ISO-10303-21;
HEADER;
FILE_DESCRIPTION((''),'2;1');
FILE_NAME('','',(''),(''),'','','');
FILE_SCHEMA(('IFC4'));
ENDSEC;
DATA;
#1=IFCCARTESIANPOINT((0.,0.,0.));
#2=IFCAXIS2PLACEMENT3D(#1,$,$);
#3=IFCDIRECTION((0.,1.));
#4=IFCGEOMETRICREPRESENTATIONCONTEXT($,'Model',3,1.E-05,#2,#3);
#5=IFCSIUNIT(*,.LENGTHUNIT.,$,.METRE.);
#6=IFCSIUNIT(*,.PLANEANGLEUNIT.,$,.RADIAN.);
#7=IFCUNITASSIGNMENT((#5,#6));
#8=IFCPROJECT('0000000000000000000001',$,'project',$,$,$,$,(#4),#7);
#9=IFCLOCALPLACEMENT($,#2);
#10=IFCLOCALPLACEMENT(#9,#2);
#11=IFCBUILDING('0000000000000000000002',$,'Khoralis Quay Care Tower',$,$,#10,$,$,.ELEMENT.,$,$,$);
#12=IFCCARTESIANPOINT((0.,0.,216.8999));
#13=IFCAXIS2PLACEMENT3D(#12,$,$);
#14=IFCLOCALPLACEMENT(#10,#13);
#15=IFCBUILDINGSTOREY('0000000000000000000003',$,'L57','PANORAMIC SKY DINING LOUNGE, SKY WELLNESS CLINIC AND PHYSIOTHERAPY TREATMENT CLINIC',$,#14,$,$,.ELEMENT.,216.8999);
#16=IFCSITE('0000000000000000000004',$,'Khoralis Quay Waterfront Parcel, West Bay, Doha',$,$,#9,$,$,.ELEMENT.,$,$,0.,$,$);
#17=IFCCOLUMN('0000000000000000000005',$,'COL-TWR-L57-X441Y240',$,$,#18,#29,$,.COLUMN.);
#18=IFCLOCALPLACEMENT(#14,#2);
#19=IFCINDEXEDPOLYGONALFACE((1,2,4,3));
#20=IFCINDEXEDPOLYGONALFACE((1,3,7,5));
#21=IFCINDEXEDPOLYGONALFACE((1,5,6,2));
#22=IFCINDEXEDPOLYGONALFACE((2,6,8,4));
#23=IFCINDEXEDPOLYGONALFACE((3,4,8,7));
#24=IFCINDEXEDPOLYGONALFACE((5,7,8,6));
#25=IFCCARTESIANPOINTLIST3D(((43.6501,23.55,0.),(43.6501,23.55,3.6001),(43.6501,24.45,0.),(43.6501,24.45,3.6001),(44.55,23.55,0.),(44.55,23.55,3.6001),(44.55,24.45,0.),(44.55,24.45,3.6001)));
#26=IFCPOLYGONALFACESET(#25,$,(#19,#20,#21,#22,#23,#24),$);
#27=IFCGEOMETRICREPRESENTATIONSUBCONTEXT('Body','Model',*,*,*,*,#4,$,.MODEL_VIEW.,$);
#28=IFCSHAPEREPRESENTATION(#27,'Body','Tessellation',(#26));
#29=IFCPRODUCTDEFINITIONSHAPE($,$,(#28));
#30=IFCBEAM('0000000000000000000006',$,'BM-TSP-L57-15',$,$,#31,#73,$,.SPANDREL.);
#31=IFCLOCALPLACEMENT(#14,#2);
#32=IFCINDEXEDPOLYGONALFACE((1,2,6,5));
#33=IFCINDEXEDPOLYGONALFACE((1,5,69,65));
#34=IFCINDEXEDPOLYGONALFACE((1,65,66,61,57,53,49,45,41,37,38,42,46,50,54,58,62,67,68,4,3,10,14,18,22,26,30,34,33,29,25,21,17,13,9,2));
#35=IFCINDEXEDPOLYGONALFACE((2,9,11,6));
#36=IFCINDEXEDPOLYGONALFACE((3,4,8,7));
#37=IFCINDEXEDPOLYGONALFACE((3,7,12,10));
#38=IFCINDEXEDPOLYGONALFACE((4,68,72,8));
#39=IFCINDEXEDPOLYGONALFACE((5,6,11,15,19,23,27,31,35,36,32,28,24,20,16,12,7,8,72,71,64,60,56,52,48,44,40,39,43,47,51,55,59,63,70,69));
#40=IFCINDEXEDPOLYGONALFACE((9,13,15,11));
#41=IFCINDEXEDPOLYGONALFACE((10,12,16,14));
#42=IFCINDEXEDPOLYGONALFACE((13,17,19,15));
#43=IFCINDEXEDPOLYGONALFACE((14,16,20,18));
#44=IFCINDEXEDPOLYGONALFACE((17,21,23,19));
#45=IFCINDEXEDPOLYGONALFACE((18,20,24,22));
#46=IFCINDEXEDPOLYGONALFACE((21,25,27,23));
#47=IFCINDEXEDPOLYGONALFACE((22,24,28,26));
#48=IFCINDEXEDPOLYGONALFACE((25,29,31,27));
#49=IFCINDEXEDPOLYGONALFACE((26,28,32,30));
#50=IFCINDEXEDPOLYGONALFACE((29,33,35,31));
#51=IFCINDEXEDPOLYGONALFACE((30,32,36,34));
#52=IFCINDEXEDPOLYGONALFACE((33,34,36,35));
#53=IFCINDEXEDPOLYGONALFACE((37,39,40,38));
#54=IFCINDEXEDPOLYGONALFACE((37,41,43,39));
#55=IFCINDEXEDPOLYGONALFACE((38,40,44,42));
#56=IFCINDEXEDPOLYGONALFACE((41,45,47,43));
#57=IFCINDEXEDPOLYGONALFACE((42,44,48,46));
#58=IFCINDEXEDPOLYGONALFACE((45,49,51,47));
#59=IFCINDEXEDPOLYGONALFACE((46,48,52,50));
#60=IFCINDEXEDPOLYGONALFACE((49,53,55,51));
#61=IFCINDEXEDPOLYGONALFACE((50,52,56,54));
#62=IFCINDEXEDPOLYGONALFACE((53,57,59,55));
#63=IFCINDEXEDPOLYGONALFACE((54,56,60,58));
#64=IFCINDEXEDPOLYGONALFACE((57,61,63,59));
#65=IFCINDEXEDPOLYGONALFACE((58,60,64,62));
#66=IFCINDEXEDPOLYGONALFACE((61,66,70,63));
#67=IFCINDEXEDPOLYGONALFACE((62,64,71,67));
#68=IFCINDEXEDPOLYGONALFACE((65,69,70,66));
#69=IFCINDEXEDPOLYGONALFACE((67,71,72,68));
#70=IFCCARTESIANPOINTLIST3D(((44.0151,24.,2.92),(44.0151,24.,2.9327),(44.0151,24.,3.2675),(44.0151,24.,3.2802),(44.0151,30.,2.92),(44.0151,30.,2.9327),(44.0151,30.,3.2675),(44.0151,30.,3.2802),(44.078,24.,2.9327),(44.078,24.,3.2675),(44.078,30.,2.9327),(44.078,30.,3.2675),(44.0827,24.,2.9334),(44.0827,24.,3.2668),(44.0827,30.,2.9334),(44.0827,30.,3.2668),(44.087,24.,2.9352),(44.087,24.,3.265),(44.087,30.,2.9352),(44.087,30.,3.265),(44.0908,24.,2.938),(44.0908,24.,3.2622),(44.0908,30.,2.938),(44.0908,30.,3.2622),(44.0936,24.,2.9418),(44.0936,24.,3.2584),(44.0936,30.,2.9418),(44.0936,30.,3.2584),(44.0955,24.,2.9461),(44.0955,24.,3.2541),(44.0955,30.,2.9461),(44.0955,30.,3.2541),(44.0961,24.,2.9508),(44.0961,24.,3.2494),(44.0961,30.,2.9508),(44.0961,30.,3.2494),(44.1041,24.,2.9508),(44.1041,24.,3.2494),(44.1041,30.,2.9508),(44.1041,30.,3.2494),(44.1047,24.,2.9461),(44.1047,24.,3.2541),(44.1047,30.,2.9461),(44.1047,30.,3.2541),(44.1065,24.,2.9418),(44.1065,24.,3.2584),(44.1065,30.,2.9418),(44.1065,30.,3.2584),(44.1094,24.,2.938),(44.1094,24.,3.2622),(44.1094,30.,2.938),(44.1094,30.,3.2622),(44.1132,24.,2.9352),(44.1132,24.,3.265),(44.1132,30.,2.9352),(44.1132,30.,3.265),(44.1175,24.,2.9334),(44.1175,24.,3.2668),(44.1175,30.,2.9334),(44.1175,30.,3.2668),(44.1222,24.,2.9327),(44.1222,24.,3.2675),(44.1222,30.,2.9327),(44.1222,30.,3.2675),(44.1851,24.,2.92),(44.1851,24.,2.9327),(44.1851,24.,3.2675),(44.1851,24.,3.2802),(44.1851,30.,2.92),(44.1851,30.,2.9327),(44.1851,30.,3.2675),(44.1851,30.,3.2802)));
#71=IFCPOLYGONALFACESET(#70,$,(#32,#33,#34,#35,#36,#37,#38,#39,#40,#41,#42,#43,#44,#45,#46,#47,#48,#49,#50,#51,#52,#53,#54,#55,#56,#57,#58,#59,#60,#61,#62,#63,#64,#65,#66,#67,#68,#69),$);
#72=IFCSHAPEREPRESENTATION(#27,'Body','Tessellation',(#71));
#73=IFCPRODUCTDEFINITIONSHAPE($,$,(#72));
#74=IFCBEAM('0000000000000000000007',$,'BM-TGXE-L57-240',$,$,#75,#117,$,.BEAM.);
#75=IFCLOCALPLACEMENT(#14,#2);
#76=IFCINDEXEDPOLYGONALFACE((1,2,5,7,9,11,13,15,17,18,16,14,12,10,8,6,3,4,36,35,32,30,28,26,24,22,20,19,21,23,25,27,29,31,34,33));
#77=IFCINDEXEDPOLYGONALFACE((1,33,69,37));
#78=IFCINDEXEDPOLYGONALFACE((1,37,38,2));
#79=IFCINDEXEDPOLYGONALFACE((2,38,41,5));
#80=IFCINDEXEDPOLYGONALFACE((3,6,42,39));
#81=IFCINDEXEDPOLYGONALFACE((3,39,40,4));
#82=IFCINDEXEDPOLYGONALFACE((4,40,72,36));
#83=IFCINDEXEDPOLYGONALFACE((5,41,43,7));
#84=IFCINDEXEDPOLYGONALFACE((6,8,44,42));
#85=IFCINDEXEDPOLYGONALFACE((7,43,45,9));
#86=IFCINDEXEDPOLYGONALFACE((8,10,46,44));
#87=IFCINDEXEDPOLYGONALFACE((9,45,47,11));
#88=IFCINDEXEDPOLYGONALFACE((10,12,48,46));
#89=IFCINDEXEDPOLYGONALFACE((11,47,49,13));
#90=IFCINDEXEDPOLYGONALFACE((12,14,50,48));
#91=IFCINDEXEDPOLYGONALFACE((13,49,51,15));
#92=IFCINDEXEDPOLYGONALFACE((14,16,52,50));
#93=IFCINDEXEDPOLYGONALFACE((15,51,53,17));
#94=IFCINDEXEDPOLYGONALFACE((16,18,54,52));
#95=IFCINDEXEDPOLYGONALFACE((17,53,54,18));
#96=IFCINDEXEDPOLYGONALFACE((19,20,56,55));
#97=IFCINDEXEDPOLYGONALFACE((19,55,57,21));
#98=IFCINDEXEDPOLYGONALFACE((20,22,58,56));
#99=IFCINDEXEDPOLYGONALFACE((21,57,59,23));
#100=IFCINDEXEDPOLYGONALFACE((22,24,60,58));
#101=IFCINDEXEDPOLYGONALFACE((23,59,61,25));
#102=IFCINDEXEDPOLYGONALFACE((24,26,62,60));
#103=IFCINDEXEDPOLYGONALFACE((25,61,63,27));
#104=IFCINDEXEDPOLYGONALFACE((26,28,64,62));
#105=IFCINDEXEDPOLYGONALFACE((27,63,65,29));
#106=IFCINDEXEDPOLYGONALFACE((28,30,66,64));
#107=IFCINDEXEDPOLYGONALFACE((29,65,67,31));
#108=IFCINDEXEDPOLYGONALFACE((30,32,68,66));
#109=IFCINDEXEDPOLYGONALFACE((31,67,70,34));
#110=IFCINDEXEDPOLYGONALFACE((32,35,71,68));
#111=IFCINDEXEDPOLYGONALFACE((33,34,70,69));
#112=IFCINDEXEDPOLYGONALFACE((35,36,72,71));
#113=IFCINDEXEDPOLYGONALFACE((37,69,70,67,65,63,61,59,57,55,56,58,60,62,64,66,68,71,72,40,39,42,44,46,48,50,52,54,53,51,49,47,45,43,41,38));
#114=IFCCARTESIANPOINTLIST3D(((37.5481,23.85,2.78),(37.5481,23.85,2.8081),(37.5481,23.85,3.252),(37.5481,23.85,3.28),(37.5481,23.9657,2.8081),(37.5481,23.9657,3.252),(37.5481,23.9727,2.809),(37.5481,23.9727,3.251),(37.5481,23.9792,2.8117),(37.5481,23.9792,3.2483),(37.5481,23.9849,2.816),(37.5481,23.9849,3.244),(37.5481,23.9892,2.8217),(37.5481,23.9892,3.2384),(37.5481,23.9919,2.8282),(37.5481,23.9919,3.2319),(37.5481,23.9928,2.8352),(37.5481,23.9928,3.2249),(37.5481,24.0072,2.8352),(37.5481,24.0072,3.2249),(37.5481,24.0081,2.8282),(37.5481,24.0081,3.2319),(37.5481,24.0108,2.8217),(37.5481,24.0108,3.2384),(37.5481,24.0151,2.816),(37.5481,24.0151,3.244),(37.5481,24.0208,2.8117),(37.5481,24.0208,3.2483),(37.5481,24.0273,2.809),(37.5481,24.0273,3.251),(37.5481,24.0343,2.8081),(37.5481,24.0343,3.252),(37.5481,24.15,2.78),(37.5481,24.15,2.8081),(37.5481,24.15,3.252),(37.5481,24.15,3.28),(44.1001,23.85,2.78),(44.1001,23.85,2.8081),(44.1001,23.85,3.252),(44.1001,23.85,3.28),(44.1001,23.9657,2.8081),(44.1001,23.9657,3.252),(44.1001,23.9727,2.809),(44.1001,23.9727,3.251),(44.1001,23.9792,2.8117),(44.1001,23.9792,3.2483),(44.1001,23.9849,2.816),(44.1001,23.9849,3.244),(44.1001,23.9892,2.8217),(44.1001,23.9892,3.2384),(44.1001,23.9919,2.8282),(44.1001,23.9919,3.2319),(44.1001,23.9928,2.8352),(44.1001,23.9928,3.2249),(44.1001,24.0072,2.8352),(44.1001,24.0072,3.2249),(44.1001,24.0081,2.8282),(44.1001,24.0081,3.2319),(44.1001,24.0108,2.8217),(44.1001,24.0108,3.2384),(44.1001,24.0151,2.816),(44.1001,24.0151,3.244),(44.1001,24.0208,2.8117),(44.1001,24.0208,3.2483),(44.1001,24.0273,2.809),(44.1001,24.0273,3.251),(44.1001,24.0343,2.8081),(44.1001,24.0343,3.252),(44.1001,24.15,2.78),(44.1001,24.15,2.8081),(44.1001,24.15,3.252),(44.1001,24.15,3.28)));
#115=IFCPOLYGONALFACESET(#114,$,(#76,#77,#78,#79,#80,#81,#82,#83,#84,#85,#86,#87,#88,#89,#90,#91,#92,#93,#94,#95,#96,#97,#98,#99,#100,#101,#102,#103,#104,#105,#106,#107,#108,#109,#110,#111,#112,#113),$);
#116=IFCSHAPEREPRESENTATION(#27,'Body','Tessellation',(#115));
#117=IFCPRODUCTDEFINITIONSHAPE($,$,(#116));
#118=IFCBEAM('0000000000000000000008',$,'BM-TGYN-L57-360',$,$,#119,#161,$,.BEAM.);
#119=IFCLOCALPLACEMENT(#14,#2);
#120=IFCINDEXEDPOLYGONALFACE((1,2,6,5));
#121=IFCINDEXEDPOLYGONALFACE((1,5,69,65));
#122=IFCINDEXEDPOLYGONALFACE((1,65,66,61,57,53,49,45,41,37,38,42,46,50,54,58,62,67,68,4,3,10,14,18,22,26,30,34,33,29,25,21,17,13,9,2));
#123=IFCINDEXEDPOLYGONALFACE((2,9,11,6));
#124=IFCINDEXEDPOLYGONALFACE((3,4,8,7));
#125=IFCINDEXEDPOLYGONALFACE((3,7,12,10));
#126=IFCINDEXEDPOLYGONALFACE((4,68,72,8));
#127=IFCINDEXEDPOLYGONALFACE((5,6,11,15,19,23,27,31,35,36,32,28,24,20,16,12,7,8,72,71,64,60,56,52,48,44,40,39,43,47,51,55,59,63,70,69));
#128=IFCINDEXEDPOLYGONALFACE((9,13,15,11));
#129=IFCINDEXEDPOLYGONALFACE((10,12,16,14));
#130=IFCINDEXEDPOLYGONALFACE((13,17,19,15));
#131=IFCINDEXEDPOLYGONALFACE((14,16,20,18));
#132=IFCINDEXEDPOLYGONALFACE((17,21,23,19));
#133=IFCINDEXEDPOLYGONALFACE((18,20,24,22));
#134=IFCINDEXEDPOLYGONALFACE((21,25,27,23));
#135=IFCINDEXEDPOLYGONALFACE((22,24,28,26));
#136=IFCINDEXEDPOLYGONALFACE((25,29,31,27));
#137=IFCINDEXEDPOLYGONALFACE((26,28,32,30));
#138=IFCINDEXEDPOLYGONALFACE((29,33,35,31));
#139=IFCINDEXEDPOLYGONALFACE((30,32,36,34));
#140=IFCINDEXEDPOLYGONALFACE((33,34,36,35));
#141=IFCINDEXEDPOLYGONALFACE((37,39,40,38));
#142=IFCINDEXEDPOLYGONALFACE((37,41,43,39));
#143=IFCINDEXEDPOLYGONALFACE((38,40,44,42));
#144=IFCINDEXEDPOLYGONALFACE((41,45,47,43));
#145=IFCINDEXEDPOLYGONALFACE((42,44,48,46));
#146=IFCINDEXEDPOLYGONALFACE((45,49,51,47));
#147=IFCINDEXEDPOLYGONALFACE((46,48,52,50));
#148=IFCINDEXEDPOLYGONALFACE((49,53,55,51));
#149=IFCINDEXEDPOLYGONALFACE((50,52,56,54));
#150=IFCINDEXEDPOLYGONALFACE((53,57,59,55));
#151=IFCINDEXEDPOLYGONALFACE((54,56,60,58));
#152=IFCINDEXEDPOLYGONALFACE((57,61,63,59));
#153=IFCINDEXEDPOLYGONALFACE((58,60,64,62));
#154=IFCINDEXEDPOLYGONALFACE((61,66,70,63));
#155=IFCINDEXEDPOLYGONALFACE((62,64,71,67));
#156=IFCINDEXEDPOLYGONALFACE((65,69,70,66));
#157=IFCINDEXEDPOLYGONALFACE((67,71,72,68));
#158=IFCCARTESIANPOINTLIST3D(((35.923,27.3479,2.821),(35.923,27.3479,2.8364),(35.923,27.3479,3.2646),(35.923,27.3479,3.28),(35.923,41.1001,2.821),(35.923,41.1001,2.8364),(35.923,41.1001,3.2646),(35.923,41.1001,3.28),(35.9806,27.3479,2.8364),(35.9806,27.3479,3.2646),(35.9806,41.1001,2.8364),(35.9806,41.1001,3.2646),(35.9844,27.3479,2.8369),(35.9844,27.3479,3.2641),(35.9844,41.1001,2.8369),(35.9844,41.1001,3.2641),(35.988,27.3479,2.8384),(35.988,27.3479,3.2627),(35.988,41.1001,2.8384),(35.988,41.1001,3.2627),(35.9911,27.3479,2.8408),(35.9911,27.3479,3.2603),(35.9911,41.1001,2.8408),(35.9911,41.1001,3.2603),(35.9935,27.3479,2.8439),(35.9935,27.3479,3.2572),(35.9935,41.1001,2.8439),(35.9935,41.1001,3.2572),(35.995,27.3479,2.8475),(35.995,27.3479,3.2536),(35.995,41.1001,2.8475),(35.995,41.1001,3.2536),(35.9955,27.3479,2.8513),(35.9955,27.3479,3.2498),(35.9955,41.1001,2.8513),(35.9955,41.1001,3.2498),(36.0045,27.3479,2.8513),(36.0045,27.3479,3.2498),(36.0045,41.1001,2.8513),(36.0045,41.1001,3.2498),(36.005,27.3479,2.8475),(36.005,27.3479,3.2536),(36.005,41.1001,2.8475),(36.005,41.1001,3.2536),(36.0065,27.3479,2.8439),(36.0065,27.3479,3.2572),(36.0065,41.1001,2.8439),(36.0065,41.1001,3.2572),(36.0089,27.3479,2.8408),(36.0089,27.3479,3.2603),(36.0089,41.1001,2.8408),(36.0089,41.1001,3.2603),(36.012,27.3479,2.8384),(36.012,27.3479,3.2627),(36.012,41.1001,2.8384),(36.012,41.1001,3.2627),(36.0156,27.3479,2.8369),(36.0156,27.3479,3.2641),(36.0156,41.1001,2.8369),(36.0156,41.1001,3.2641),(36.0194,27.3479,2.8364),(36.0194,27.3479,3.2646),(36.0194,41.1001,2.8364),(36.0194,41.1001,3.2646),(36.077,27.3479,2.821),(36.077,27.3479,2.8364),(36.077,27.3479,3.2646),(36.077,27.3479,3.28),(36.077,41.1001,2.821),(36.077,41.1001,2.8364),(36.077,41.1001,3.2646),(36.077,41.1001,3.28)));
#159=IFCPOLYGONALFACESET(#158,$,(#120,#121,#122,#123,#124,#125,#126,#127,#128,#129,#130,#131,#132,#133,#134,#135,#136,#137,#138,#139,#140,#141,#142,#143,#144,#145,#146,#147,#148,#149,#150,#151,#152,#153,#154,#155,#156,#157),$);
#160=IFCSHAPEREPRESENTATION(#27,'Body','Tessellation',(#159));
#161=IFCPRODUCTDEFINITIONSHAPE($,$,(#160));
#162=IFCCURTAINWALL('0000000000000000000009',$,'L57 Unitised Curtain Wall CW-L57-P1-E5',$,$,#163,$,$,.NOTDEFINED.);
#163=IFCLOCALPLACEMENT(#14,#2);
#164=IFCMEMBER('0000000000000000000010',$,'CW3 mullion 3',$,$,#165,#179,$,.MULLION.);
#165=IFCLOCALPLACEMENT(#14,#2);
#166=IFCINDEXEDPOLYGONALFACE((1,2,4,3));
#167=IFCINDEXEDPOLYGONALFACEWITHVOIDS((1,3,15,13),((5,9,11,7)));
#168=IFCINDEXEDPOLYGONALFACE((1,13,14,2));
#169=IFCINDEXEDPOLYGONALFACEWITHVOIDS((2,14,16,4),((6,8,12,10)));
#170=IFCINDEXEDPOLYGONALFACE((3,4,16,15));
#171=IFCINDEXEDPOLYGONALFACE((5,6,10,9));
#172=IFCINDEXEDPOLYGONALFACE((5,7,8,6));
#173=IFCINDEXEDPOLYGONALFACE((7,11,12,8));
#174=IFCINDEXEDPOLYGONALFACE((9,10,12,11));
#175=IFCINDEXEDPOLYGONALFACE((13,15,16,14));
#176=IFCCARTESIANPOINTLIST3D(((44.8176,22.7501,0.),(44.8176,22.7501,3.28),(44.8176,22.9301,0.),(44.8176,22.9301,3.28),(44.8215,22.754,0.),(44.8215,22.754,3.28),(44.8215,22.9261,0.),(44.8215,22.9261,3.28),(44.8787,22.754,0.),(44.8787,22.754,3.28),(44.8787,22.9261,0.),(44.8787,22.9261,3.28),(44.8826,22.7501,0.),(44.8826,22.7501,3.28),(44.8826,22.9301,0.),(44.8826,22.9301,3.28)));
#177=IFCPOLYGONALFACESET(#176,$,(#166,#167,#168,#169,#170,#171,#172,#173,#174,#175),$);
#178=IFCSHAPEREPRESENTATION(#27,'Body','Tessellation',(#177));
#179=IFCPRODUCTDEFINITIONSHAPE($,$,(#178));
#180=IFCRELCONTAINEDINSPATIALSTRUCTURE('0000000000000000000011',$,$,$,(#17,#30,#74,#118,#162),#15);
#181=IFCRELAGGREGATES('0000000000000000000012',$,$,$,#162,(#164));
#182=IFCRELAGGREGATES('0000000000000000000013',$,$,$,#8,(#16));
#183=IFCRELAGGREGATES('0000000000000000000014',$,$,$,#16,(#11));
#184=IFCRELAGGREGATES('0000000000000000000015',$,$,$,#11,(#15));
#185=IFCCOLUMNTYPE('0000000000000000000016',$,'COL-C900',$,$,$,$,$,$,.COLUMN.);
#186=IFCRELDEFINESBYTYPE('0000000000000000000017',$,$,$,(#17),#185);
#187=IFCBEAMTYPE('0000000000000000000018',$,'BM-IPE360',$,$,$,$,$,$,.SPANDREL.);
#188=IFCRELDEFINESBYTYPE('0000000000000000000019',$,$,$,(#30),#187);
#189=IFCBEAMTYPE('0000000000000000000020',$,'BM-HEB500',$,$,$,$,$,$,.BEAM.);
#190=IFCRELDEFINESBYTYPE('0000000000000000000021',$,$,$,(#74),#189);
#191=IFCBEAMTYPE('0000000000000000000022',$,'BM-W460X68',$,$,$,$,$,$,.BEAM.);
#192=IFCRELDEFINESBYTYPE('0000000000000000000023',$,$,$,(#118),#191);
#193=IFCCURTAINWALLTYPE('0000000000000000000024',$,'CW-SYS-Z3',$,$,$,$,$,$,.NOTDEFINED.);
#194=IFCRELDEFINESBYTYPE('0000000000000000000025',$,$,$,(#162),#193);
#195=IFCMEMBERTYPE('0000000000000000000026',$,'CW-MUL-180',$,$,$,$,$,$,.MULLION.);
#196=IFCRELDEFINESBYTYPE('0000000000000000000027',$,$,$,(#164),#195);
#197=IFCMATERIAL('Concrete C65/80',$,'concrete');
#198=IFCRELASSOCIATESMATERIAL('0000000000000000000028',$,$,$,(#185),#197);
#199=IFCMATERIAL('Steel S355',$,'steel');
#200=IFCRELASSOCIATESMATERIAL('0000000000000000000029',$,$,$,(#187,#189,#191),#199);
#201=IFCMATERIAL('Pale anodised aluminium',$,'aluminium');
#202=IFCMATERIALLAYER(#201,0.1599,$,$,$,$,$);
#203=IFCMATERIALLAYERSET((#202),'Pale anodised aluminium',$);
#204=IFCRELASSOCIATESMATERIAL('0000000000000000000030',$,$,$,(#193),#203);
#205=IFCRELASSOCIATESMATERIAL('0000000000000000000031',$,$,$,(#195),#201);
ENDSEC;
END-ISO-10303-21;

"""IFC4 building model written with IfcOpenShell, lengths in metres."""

from ifc_helpers import new_model, si_unit, direction, frame, origin, origin_2d, place, context, subcontext, project, spatial, rectangle, hollow_rectangle, i_section, extrude, source, transform, mapped, material, layer, layer_set, material_profile, profile_set, type_object, element, aggregate, save


model = new_model("IFC4")

# Units and contexts
model_context = context("Model", 3, precision=1e-05, world=origin(), true_north=direction((0.0, 1.0)))
body_context = subcontext(model_context, "Body", "Model", "MODEL_VIEW")
ifc_project = project(units=[si_unit("LENGTHUNIT", "METRE"), si_unit("PLANEANGLEUNIT", "RADIAN")], contexts=[model_context])

# Site, building, storey
site_placement = place(None, origin())
site = spatial("IfcSite", under=ifc_project, at=site_placement, Name="Khoralis Quay Waterfront Parcel, West Bay, Doha", CompositionType="ELEMENT", RefElevation=0.0)
building_placement = place(site_placement, origin())
building = spatial("IfcBuilding", under=site, at=building_placement, Name="Khoralis Quay Care Tower", CompositionType="ELEMENT")
storey_placement = place(building_placement, frame((0.0, 0.0, 216.8999)))
storey = spatial("IfcBuildingStorey", under=building, at=storey_placement, Name="L57", Description="PANORAMIC SKY DINING LOUNGE, SKY WELLNESS CLINIC AND PHYSIOTHERAPY TREATMENT CLINIC", CompositionType="ELEMENT", Elevation=216.8999)

# Column
ifc_material_1 = material(Name="Concrete C65/80", Category="concrete")
ifc_material_profile_1 = material_profile(ifc_material_1, rectangle(XDim=0.8999, YDim=0.8999, at=origin_2d()), Name="Concrete C65/80")
ifc_profile_set_1 = profile_set([ifc_material_profile_1], Name="Concrete C65/80")
column_type = type_object("IfcColumnType", Name="COL-C900", PredefinedType="COLUMN", material=ifc_profile_set_1)
shared_shape_1 = source(origin(), body_context, "Body", "SweptSolid", [
    extrude(rectangle(XDim=0.8999, YDim=0.8999, at=origin_2d()), origin(), (0.0, 0.0, 1.0), 3.6001),
])
column_placement = place(storey_placement, frame((44.1001, 24.0, 0.0), z_axis=(0.0, 0.0, 1.0), x_axis=(1.0, 0.0, 0.0)))
element("IfcColumn", 1, at=column_placement, inside=storey, type_object=column_type, Name="COL-TWR-L57-X441Y240", PredefinedType="COLUMN", context=body_context, shape_type="MappedRepresentation", body=[
    mapped(shared_shape_1, transform((0.0, 0.0, 0.0), scale=1.0)),
])

# Beams
ifc_material_2 = material(Name="Steel S355", Category="steel")
ifc_material_profile_2 = material_profile(ifc_material_2, i_section(OverallWidth=0.1699, OverallDepth=0.3601, WebThickness=0.0081, FlangeThickness=0.0127, FilletRadius=0.0181, at=origin_2d()), Name="Steel S355")
ifc_profile_set_2 = profile_set([ifc_material_profile_2], Name="Steel S355")
beam_type_1 = type_object("IfcBeamType", Name="BM-IPE360", PredefinedType="SPANDREL", material=ifc_profile_set_2)
shared_shape_2 = source(origin(), body_context, "Body", "SweptSolid", [
    extrude(i_section(OverallWidth=0.1699, OverallDepth=0.3601, WebThickness=0.0081, FlangeThickness=0.0127, FilletRadius=0.0181, at=origin_2d()), origin(), (0.0, 0.0, 1.0), 6.0),
])
beam_1_placement = place(storey_placement, frame((44.1001, 24.0, 3.1001), z_axis=(0.0, 1.0, 0.0), x_axis=(-1.0, 0.0, 0.0)))
element("IfcBeam", 2, at=beam_1_placement, inside=storey, type_object=beam_type_1, Name="BM-TSP-L57-15", PredefinedType="SPANDREL", context=body_context, shape_type="MappedRepresentation", body=[
    mapped(shared_shape_2, transform((0.0, 0.0, 0.0), scale=1.0)),
])
ifc_material_profile_3 = material_profile(ifc_material_2, i_section(OverallWidth=0.3, OverallDepth=0.5, WebThickness=0.0144, FlangeThickness=0.0281, FilletRadius=0.0271, at=origin_2d()), Name="Steel S355")
ifc_profile_set_3 = profile_set([ifc_material_profile_3], Name="Steel S355")
beam_type_2 = type_object("IfcBeamType", Name="BM-HEB500", PredefinedType="BEAM", material=ifc_profile_set_3)
shared_shape_3 = source(origin(), body_context, "Body", "SweptSolid", [
    extrude(i_section(OverallWidth=0.3, OverallDepth=0.5, WebThickness=0.0144, FlangeThickness=0.0281, FilletRadius=0.0271, at=origin_2d()), origin(), (0.0, 0.0, 1.0), 6.552),
])
beam_2_placement = place(storey_placement, frame((37.5481, 24.0, 3.03), z_axis=(1.0, 0.0, 0.0), x_axis=(0.0, 1.0, 0.0)))
element("IfcBeam", 3, at=beam_2_placement, inside=storey, type_object=beam_type_2, Name="BM-TGXE-L57-240", PredefinedType="BEAM", context=body_context, shape_type="MappedRepresentation", body=[
    mapped(shared_shape_3, transform((0.0, 0.0, 0.0), scale=1.0)),
])
ifc_material_profile_4 = material_profile(ifc_material_2, i_section(OverallWidth=0.1541, OverallDepth=0.459, WebThickness=0.009, FlangeThickness=0.0154, FilletRadius=0.0149, at=origin_2d()), Name="Steel S355")
ifc_profile_set_4 = profile_set([ifc_material_profile_4], Name="Steel S355")
beam_type_3 = type_object("IfcBeamType", Name="BM-W460X68", PredefinedType="BEAM", material=ifc_profile_set_4)
shared_shape_4 = source(origin(), body_context, "Body", "SweptSolid", [
    extrude(i_section(OverallWidth=0.1541, OverallDepth=0.459, WebThickness=0.009, FlangeThickness=0.0154, FilletRadius=0.0149, at=origin_2d()), origin(), (0.0, 0.0, 1.0), 13.7522),
])
beam_3_placement = place(storey_placement, frame((36.0, 27.3479, 3.0505), z_axis=(0.0, 1.0, 0.0), x_axis=(-1.0, 0.0, 0.0)))
element("IfcBeam", 4, at=beam_3_placement, inside=storey, type_object=beam_type_3, Name="BM-TGYN-L57-360", PredefinedType="BEAM", context=body_context, shape_type="MappedRepresentation", body=[
    mapped(shared_shape_4, transform((0.0, 0.0, 0.0), scale=1.0)),
])

# Curtain wall, member
ifc_material_3 = material(Name="Pale anodised aluminium", Category="aluminium")
ifc_layer_1 = layer(ifc_material_3, 0.1599)
ifc_layer_set_1 = layer_set([ifc_layer_1], Name="Pale anodised aluminium")
curtain_wall_type = type_object("IfcCurtainWallType", Name="CW-SYS-Z3", PredefinedType="NOTDEFINED", material=ifc_layer_set_1)
curtain_wall_placement = place(storey_placement, origin())
curtain_wall = element("IfcCurtainWall", 5, at=curtain_wall_placement, inside=storey, type_object=curtain_wall_type, Name="L57 Unitised Curtain Wall CW-L57-P1-E5", PredefinedType="NOTDEFINED")
ifc_material_profile_5 = material_profile(ifc_material_3, hollow_rectangle(XDim=0.0649, YDim=0.1799, WallThickness=0.0039, at=origin_2d()), Name="Pale anodised aluminium")
ifc_profile_set_5 = profile_set([ifc_material_profile_5], Name="Pale anodised aluminium")
member_type_1 = type_object("IfcMemberType", Name="CW-MUL-180", PredefinedType="MULLION", material=ifc_profile_set_5)
shared_shape_5 = source(origin(), body_context, "Body", "SweptSolid", [
    extrude(hollow_rectangle(XDim=0.0649, YDim=0.1799, WallThickness=0.0039, at=origin_2d()), origin(), (0.0, 0.0, 1.0), 3.28),
])
member_1_placement = place(storey_placement, frame((44.8501, 22.8401, 0.0), z_axis=(0.0, 0.0, 1.0), x_axis=(-1.0, 0.0, 0.0)))
member_1 = element("IfcMember", 6, at=member_1_placement, type_object=member_type_1, Name="CW3 mullion 3", PredefinedType="MULLION", context=body_context, shape_type="MappedRepresentation", body=[
    mapped(shared_shape_5, transform((0.0, 0.0, 0.0), scale=1.0)),
])
aggregate(curtain_wall, [member_1])

save(model, "model.ifc")
